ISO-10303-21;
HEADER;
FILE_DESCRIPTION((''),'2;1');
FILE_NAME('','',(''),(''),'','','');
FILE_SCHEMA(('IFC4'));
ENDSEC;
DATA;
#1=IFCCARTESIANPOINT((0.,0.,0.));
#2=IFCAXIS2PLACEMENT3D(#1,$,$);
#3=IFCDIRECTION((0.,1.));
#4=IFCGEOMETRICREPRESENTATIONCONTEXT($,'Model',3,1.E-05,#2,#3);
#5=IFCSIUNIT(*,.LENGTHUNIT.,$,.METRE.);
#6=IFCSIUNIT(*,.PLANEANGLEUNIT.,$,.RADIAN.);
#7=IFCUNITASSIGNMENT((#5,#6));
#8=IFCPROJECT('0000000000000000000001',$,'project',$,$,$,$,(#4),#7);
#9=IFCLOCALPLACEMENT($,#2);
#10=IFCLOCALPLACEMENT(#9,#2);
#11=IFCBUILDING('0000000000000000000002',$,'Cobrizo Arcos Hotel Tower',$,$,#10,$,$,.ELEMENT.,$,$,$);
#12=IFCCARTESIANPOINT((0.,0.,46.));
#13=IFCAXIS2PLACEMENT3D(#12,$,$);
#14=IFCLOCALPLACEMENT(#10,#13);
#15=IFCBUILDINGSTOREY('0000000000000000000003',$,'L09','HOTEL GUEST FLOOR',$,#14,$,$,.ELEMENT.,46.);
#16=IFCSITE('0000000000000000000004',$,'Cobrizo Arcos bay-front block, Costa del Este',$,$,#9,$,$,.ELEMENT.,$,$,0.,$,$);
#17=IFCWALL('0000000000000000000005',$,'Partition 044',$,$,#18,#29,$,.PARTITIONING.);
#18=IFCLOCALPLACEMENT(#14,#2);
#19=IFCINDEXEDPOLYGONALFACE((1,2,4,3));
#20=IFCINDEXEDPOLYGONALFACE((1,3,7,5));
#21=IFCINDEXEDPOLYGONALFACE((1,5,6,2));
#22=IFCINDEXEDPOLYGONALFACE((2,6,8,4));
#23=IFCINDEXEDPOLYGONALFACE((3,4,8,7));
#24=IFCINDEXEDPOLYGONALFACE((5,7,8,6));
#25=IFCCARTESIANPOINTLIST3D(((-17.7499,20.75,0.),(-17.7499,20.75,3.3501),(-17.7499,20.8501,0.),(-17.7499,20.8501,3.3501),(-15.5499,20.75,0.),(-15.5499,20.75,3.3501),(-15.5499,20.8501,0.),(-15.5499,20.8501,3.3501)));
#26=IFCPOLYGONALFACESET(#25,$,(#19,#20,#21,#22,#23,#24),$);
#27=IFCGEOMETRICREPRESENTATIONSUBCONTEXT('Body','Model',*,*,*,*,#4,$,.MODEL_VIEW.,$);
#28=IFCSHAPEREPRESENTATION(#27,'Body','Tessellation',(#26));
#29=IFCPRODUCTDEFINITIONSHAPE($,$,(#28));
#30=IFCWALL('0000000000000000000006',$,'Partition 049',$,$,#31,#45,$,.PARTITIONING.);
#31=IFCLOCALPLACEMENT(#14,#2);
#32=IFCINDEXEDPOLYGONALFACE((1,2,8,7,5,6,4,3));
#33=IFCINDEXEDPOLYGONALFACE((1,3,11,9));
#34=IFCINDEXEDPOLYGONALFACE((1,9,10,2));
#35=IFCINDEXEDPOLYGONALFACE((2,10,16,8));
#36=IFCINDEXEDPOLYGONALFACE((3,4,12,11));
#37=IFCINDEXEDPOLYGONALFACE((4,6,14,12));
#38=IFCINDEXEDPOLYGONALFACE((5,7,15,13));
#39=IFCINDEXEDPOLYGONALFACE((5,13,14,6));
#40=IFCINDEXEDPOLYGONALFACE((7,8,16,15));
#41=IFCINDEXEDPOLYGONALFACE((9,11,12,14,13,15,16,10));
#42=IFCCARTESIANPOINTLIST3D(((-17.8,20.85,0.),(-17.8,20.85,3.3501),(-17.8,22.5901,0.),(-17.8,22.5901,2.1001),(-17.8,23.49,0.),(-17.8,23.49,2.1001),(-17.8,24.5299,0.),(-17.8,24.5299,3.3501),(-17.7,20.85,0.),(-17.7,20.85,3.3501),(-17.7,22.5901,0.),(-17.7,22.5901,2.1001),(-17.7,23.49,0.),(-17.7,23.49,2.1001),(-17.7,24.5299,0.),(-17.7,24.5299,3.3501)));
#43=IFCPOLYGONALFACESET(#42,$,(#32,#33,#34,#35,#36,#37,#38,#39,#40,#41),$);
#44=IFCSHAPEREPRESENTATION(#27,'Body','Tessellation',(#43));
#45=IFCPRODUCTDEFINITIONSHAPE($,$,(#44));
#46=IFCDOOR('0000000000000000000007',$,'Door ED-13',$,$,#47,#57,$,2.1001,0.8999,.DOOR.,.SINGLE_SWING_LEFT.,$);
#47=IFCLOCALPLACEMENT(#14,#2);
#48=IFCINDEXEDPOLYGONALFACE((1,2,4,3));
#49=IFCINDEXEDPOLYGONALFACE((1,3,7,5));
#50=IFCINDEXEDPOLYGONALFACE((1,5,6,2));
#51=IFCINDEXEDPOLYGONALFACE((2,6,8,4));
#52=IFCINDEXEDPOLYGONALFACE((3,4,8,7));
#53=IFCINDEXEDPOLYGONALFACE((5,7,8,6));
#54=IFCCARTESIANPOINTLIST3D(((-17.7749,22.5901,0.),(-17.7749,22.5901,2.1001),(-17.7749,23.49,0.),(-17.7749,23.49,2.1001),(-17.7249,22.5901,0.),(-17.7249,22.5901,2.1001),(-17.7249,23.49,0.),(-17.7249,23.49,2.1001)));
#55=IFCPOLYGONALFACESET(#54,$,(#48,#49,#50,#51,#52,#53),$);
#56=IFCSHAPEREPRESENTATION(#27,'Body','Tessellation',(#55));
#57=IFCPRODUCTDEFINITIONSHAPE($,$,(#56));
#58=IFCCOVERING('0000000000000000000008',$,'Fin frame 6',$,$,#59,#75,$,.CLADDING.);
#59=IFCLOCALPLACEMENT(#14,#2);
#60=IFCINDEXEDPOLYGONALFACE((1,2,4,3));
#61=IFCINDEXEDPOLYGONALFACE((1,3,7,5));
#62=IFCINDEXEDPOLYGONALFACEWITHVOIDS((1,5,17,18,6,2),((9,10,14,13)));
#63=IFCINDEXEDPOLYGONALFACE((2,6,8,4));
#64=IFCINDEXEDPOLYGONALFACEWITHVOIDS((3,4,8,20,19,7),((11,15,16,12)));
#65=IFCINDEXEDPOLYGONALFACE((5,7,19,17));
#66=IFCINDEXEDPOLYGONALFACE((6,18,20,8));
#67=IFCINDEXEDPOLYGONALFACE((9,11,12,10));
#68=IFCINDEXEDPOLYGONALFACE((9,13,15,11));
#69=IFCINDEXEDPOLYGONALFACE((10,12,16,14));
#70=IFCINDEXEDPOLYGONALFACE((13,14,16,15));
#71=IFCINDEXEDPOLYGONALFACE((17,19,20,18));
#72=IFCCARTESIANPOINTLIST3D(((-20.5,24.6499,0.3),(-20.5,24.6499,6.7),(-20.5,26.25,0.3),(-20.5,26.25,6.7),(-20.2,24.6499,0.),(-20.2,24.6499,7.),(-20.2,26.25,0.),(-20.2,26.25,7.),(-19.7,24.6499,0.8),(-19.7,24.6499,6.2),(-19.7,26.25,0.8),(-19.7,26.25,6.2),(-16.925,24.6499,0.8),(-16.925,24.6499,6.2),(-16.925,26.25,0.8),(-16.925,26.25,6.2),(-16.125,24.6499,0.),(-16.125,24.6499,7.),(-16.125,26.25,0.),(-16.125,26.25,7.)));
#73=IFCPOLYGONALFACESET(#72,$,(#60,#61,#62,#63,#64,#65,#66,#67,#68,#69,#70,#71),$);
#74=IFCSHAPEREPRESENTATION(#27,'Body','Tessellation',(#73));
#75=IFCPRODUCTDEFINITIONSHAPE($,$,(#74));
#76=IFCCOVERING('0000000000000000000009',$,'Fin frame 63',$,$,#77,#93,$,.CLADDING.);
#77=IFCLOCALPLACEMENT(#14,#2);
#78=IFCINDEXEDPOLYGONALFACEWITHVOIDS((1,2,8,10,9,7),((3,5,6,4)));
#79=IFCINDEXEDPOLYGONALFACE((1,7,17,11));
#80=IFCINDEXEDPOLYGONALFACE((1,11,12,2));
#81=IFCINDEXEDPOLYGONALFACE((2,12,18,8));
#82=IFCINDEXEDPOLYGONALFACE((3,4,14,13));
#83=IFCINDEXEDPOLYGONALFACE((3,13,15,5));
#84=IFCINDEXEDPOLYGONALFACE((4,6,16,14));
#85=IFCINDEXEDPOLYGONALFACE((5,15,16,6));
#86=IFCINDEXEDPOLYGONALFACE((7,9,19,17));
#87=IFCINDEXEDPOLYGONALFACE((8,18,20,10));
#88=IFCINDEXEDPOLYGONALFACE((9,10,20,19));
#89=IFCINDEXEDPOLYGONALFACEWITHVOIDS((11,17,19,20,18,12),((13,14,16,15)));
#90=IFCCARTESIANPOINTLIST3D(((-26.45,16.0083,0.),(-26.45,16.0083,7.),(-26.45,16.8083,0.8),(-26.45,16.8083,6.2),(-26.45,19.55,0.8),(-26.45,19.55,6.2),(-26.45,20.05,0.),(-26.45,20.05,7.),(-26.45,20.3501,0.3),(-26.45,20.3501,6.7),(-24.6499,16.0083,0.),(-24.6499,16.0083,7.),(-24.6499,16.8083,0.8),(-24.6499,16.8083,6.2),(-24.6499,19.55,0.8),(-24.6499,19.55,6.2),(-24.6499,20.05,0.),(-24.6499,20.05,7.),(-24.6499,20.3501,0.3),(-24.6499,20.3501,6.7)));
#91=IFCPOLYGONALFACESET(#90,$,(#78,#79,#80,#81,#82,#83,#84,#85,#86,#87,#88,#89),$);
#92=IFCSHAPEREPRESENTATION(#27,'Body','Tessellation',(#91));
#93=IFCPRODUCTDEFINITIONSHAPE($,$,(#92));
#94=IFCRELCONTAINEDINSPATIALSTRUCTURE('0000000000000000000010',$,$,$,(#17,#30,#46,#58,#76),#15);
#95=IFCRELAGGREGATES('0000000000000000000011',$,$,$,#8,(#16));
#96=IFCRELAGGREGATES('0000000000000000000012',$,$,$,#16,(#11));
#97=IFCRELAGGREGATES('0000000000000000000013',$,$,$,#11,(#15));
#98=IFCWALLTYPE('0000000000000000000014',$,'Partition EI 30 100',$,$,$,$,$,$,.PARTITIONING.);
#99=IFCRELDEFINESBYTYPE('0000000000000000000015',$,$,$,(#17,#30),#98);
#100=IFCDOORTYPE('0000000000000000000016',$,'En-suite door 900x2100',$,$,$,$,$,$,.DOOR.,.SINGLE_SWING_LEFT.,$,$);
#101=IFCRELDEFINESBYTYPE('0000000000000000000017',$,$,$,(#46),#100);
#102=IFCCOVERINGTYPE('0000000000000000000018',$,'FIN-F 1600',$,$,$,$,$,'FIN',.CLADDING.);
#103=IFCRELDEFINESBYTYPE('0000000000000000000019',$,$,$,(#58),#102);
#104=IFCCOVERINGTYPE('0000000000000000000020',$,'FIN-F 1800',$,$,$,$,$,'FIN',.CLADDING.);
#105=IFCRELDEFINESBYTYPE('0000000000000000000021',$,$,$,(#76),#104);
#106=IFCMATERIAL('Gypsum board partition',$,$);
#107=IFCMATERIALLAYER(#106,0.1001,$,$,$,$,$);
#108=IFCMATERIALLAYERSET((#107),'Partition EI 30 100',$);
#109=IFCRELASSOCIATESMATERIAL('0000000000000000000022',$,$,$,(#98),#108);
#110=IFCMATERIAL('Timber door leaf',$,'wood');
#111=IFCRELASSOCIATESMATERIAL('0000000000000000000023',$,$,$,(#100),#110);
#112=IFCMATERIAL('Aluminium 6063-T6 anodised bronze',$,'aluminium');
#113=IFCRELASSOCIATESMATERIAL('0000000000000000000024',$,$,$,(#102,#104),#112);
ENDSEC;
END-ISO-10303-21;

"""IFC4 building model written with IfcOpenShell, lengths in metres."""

from ifc_helpers import new_model, si_unit, direction, frame, frame_2d, origin, place, context, subcontext, project, spatial, polyline, rectangle, outline, extrude, material, layer, layer_set, type_object, element, fill, save


model = new_model("IFC4")

# Units and contexts
model_context = context("Model", 3, precision=1e-05, world=origin(), true_north=direction((0.0, 1.0)))
body_context = subcontext(model_context, "Body", "Model", "MODEL_VIEW")
ifc_project = project(units=[si_unit("LENGTHUNIT", "METRE"), si_unit("PLANEANGLEUNIT", "RADIAN")], contexts=[model_context])

# Site, building, storey
site_placement = place(None, origin())
site = spatial("IfcSite", under=ifc_project, at=site_placement, Name="Cobrizo Arcos bay-front block, Costa del Este", CompositionType="ELEMENT", RefElevation=0.0)
building_placement = place(site_placement, origin())
building = spatial("IfcBuilding", under=site, at=building_placement, Name="Cobrizo Arcos Hotel Tower", CompositionType="ELEMENT")
storey_placement = place(building_placement, frame((0.0, 0.0, 46.0)))
storey = spatial("IfcBuildingStorey", under=building, at=storey_placement, Name="L09", Description="HOTEL GUEST FLOOR", CompositionType="ELEMENT", Elevation=46.0)

# Shared definitions
ifc_material_1 = material(Name="Aluminium 6063-T6 anodised bronze", Category="aluminium")

# Shared definitions
ifc_material_2 = material(Name="Gypsum board partition")
ifc_layer_1 = layer(ifc_material_2, 0.1001)
ifc_layer_set_1 = layer_set([ifc_layer_1], Name="Partition EI 30 100")
wall_type = type_object("IfcWallType", Name="Partition EI 30 100", PredefinedType="PARTITIONING", material=ifc_layer_set_1)
ifc_material_3 = material(Name="Timber door leaf", Category="wood")

# Wall
wall_1_placement = place(storey_placement, frame((-17.75, 20.8, 0.0), z_axis=(0.0, 0.0, 1.0), x_axis=(1.0, 0.0, 0.0)))
element("IfcWall", 1, at=wall_1_placement, inside=storey, type_object=wall_type, Name="Partition 044", PredefinedType="PARTITIONING", context=body_context, shape_type="SweptSolid", body=[
    extrude(rectangle(XDim=2.2, YDim=0.1001, at=frame_2d((1.1001, 0.0))), origin(), (0.0, 0.0, 1.0), 3.3501),
])

# Wall, opening, door
wall_2_placement = place(storey_placement, frame((-17.75, 20.8501, 0.0), z_axis=(0.0, 0.0, 1.0), x_axis=(0.0, 1.0, 0.0)))
wall_2 = element("IfcWall", 2, at=wall_2_placement, inside=storey, type_object=wall_type, Name="Partition 049", PredefinedType="PARTITIONING", context=body_context, shape_type="SweptSolid", body=[
    extrude(rectangle(XDim=3.6799, YDim=0.1001, at=frame_2d((1.8398, 0.0))), origin(), (0.0, 0.0, 1.0), 3.3501),
])
opening_1_placement = place(wall_2_placement, frame((1.74, 0.0, 0.0)))
opening_1 = element("IfcOpeningElement", 3, at=opening_1_placement, cuts=wall_2, PredefinedType="OPENING", context=body_context, shape_type="SweptSolid", body=[
    extrude(rectangle(XDim=0.8999, YDim=2.1001, at=frame_2d((0.45, 1.05))), frame((0.0, 0.062, 0.0), z_axis=(0.0, -1.0, 0.0), x_axis=(1.0, 0.0, 0.0)), (0.0, 0.0, 1.0), 0.124),
])
door_type_1 = type_object("IfcDoorType", Name="En-suite door 900x2100", OperationType="SINGLE_SWING_LEFT", PredefinedType="DOOR", material=ifc_material_3)
door_1_placement = place(opening_1_placement, origin())
door_1 = element("IfcDoor", 4, at=door_1_placement, inside=storey, type_object=door_type_1, Name="Door ED-13", OperationType="SINGLE_SWING_LEFT", OverallHeight=2.1001, OverallWidth=0.8999, PredefinedType="DOOR", context=body_context, shape_type="SweptSolid", body=[
    extrude(rectangle(XDim=0.8999, YDim=2.1001, at=frame_2d((0.45, 1.05))), frame((0.0, 0.0249, 0.0), z_axis=(0.0, -1.0, 0.0), x_axis=(1.0, 0.0, 0.0)), (0.0, 0.0, 1.0), 0.05),
])
fill(opening_1, door_1)

# Coverings
covering_type_1 = type_object("IfcCoveringType", Name="FIN-F 1600", ElementType="FIN", PredefinedType="CLADDING", material=ifc_material_1)
covering_1_placement = place(storey_placement, frame((-16.125, 24.6499, 0.0), z_axis=(0.0, 1.0, 0.0), x_axis=(-1.0, 0.0, 0.0)))
element("IfcCovering", 5, at=covering_1_placement, inside=storey, type_object=covering_type_1, Name="Fin frame 6", PredefinedType="CLADDING", context=body_context, shape_type="SweptSolid", body=[
    extrude(outline(polyline([(0.0, 7.0), (0.0, 0.0), (4.075, 0.0), (4.375, 0.3), (4.375, 6.7), (4.075, 7.0), (0.0, 7.0)]), holes=[polyline([(3.575, 0.8), (0.8, 0.8), (0.8, 6.2), (3.575, 6.2), (3.575, 0.8)])]), origin(), (0.0, 0.0, 1.0), 1.6001),
])
covering_type_2 = type_object("IfcCoveringType", Name="FIN-F 1800", ElementType="FIN", PredefinedType="CLADDING", material=ifc_material_1)
covering_2_placement = place(storey_placement, frame((-24.6499, 20.3501, 0.0), z_axis=(-1.0, 0.0, 0.0), x_axis=(0.0, -1.0, 0.0)))
element("IfcCovering", 6, at=covering_2_placement, inside=storey, type_object=covering_type_2, Name="Fin frame 63", PredefinedType="CLADDING", context=body_context, shape_type="SweptSolid", body=[
    extrude(outline(polyline([(0.0, 0.3), (0.3, 0.0), (4.3418, 0.0), (4.3418, 7.0), (0.3, 7.0), (0.0, 6.7), (0.0, 0.3)]), holes=[polyline([(3.5417, 0.8), (0.8, 0.8), (0.8, 6.2), (3.5417, 6.2), (3.5417, 0.8)])]), origin(), (0.0, 0.0, 1.0), 1.8),
])

save(model, "model.ifc")
